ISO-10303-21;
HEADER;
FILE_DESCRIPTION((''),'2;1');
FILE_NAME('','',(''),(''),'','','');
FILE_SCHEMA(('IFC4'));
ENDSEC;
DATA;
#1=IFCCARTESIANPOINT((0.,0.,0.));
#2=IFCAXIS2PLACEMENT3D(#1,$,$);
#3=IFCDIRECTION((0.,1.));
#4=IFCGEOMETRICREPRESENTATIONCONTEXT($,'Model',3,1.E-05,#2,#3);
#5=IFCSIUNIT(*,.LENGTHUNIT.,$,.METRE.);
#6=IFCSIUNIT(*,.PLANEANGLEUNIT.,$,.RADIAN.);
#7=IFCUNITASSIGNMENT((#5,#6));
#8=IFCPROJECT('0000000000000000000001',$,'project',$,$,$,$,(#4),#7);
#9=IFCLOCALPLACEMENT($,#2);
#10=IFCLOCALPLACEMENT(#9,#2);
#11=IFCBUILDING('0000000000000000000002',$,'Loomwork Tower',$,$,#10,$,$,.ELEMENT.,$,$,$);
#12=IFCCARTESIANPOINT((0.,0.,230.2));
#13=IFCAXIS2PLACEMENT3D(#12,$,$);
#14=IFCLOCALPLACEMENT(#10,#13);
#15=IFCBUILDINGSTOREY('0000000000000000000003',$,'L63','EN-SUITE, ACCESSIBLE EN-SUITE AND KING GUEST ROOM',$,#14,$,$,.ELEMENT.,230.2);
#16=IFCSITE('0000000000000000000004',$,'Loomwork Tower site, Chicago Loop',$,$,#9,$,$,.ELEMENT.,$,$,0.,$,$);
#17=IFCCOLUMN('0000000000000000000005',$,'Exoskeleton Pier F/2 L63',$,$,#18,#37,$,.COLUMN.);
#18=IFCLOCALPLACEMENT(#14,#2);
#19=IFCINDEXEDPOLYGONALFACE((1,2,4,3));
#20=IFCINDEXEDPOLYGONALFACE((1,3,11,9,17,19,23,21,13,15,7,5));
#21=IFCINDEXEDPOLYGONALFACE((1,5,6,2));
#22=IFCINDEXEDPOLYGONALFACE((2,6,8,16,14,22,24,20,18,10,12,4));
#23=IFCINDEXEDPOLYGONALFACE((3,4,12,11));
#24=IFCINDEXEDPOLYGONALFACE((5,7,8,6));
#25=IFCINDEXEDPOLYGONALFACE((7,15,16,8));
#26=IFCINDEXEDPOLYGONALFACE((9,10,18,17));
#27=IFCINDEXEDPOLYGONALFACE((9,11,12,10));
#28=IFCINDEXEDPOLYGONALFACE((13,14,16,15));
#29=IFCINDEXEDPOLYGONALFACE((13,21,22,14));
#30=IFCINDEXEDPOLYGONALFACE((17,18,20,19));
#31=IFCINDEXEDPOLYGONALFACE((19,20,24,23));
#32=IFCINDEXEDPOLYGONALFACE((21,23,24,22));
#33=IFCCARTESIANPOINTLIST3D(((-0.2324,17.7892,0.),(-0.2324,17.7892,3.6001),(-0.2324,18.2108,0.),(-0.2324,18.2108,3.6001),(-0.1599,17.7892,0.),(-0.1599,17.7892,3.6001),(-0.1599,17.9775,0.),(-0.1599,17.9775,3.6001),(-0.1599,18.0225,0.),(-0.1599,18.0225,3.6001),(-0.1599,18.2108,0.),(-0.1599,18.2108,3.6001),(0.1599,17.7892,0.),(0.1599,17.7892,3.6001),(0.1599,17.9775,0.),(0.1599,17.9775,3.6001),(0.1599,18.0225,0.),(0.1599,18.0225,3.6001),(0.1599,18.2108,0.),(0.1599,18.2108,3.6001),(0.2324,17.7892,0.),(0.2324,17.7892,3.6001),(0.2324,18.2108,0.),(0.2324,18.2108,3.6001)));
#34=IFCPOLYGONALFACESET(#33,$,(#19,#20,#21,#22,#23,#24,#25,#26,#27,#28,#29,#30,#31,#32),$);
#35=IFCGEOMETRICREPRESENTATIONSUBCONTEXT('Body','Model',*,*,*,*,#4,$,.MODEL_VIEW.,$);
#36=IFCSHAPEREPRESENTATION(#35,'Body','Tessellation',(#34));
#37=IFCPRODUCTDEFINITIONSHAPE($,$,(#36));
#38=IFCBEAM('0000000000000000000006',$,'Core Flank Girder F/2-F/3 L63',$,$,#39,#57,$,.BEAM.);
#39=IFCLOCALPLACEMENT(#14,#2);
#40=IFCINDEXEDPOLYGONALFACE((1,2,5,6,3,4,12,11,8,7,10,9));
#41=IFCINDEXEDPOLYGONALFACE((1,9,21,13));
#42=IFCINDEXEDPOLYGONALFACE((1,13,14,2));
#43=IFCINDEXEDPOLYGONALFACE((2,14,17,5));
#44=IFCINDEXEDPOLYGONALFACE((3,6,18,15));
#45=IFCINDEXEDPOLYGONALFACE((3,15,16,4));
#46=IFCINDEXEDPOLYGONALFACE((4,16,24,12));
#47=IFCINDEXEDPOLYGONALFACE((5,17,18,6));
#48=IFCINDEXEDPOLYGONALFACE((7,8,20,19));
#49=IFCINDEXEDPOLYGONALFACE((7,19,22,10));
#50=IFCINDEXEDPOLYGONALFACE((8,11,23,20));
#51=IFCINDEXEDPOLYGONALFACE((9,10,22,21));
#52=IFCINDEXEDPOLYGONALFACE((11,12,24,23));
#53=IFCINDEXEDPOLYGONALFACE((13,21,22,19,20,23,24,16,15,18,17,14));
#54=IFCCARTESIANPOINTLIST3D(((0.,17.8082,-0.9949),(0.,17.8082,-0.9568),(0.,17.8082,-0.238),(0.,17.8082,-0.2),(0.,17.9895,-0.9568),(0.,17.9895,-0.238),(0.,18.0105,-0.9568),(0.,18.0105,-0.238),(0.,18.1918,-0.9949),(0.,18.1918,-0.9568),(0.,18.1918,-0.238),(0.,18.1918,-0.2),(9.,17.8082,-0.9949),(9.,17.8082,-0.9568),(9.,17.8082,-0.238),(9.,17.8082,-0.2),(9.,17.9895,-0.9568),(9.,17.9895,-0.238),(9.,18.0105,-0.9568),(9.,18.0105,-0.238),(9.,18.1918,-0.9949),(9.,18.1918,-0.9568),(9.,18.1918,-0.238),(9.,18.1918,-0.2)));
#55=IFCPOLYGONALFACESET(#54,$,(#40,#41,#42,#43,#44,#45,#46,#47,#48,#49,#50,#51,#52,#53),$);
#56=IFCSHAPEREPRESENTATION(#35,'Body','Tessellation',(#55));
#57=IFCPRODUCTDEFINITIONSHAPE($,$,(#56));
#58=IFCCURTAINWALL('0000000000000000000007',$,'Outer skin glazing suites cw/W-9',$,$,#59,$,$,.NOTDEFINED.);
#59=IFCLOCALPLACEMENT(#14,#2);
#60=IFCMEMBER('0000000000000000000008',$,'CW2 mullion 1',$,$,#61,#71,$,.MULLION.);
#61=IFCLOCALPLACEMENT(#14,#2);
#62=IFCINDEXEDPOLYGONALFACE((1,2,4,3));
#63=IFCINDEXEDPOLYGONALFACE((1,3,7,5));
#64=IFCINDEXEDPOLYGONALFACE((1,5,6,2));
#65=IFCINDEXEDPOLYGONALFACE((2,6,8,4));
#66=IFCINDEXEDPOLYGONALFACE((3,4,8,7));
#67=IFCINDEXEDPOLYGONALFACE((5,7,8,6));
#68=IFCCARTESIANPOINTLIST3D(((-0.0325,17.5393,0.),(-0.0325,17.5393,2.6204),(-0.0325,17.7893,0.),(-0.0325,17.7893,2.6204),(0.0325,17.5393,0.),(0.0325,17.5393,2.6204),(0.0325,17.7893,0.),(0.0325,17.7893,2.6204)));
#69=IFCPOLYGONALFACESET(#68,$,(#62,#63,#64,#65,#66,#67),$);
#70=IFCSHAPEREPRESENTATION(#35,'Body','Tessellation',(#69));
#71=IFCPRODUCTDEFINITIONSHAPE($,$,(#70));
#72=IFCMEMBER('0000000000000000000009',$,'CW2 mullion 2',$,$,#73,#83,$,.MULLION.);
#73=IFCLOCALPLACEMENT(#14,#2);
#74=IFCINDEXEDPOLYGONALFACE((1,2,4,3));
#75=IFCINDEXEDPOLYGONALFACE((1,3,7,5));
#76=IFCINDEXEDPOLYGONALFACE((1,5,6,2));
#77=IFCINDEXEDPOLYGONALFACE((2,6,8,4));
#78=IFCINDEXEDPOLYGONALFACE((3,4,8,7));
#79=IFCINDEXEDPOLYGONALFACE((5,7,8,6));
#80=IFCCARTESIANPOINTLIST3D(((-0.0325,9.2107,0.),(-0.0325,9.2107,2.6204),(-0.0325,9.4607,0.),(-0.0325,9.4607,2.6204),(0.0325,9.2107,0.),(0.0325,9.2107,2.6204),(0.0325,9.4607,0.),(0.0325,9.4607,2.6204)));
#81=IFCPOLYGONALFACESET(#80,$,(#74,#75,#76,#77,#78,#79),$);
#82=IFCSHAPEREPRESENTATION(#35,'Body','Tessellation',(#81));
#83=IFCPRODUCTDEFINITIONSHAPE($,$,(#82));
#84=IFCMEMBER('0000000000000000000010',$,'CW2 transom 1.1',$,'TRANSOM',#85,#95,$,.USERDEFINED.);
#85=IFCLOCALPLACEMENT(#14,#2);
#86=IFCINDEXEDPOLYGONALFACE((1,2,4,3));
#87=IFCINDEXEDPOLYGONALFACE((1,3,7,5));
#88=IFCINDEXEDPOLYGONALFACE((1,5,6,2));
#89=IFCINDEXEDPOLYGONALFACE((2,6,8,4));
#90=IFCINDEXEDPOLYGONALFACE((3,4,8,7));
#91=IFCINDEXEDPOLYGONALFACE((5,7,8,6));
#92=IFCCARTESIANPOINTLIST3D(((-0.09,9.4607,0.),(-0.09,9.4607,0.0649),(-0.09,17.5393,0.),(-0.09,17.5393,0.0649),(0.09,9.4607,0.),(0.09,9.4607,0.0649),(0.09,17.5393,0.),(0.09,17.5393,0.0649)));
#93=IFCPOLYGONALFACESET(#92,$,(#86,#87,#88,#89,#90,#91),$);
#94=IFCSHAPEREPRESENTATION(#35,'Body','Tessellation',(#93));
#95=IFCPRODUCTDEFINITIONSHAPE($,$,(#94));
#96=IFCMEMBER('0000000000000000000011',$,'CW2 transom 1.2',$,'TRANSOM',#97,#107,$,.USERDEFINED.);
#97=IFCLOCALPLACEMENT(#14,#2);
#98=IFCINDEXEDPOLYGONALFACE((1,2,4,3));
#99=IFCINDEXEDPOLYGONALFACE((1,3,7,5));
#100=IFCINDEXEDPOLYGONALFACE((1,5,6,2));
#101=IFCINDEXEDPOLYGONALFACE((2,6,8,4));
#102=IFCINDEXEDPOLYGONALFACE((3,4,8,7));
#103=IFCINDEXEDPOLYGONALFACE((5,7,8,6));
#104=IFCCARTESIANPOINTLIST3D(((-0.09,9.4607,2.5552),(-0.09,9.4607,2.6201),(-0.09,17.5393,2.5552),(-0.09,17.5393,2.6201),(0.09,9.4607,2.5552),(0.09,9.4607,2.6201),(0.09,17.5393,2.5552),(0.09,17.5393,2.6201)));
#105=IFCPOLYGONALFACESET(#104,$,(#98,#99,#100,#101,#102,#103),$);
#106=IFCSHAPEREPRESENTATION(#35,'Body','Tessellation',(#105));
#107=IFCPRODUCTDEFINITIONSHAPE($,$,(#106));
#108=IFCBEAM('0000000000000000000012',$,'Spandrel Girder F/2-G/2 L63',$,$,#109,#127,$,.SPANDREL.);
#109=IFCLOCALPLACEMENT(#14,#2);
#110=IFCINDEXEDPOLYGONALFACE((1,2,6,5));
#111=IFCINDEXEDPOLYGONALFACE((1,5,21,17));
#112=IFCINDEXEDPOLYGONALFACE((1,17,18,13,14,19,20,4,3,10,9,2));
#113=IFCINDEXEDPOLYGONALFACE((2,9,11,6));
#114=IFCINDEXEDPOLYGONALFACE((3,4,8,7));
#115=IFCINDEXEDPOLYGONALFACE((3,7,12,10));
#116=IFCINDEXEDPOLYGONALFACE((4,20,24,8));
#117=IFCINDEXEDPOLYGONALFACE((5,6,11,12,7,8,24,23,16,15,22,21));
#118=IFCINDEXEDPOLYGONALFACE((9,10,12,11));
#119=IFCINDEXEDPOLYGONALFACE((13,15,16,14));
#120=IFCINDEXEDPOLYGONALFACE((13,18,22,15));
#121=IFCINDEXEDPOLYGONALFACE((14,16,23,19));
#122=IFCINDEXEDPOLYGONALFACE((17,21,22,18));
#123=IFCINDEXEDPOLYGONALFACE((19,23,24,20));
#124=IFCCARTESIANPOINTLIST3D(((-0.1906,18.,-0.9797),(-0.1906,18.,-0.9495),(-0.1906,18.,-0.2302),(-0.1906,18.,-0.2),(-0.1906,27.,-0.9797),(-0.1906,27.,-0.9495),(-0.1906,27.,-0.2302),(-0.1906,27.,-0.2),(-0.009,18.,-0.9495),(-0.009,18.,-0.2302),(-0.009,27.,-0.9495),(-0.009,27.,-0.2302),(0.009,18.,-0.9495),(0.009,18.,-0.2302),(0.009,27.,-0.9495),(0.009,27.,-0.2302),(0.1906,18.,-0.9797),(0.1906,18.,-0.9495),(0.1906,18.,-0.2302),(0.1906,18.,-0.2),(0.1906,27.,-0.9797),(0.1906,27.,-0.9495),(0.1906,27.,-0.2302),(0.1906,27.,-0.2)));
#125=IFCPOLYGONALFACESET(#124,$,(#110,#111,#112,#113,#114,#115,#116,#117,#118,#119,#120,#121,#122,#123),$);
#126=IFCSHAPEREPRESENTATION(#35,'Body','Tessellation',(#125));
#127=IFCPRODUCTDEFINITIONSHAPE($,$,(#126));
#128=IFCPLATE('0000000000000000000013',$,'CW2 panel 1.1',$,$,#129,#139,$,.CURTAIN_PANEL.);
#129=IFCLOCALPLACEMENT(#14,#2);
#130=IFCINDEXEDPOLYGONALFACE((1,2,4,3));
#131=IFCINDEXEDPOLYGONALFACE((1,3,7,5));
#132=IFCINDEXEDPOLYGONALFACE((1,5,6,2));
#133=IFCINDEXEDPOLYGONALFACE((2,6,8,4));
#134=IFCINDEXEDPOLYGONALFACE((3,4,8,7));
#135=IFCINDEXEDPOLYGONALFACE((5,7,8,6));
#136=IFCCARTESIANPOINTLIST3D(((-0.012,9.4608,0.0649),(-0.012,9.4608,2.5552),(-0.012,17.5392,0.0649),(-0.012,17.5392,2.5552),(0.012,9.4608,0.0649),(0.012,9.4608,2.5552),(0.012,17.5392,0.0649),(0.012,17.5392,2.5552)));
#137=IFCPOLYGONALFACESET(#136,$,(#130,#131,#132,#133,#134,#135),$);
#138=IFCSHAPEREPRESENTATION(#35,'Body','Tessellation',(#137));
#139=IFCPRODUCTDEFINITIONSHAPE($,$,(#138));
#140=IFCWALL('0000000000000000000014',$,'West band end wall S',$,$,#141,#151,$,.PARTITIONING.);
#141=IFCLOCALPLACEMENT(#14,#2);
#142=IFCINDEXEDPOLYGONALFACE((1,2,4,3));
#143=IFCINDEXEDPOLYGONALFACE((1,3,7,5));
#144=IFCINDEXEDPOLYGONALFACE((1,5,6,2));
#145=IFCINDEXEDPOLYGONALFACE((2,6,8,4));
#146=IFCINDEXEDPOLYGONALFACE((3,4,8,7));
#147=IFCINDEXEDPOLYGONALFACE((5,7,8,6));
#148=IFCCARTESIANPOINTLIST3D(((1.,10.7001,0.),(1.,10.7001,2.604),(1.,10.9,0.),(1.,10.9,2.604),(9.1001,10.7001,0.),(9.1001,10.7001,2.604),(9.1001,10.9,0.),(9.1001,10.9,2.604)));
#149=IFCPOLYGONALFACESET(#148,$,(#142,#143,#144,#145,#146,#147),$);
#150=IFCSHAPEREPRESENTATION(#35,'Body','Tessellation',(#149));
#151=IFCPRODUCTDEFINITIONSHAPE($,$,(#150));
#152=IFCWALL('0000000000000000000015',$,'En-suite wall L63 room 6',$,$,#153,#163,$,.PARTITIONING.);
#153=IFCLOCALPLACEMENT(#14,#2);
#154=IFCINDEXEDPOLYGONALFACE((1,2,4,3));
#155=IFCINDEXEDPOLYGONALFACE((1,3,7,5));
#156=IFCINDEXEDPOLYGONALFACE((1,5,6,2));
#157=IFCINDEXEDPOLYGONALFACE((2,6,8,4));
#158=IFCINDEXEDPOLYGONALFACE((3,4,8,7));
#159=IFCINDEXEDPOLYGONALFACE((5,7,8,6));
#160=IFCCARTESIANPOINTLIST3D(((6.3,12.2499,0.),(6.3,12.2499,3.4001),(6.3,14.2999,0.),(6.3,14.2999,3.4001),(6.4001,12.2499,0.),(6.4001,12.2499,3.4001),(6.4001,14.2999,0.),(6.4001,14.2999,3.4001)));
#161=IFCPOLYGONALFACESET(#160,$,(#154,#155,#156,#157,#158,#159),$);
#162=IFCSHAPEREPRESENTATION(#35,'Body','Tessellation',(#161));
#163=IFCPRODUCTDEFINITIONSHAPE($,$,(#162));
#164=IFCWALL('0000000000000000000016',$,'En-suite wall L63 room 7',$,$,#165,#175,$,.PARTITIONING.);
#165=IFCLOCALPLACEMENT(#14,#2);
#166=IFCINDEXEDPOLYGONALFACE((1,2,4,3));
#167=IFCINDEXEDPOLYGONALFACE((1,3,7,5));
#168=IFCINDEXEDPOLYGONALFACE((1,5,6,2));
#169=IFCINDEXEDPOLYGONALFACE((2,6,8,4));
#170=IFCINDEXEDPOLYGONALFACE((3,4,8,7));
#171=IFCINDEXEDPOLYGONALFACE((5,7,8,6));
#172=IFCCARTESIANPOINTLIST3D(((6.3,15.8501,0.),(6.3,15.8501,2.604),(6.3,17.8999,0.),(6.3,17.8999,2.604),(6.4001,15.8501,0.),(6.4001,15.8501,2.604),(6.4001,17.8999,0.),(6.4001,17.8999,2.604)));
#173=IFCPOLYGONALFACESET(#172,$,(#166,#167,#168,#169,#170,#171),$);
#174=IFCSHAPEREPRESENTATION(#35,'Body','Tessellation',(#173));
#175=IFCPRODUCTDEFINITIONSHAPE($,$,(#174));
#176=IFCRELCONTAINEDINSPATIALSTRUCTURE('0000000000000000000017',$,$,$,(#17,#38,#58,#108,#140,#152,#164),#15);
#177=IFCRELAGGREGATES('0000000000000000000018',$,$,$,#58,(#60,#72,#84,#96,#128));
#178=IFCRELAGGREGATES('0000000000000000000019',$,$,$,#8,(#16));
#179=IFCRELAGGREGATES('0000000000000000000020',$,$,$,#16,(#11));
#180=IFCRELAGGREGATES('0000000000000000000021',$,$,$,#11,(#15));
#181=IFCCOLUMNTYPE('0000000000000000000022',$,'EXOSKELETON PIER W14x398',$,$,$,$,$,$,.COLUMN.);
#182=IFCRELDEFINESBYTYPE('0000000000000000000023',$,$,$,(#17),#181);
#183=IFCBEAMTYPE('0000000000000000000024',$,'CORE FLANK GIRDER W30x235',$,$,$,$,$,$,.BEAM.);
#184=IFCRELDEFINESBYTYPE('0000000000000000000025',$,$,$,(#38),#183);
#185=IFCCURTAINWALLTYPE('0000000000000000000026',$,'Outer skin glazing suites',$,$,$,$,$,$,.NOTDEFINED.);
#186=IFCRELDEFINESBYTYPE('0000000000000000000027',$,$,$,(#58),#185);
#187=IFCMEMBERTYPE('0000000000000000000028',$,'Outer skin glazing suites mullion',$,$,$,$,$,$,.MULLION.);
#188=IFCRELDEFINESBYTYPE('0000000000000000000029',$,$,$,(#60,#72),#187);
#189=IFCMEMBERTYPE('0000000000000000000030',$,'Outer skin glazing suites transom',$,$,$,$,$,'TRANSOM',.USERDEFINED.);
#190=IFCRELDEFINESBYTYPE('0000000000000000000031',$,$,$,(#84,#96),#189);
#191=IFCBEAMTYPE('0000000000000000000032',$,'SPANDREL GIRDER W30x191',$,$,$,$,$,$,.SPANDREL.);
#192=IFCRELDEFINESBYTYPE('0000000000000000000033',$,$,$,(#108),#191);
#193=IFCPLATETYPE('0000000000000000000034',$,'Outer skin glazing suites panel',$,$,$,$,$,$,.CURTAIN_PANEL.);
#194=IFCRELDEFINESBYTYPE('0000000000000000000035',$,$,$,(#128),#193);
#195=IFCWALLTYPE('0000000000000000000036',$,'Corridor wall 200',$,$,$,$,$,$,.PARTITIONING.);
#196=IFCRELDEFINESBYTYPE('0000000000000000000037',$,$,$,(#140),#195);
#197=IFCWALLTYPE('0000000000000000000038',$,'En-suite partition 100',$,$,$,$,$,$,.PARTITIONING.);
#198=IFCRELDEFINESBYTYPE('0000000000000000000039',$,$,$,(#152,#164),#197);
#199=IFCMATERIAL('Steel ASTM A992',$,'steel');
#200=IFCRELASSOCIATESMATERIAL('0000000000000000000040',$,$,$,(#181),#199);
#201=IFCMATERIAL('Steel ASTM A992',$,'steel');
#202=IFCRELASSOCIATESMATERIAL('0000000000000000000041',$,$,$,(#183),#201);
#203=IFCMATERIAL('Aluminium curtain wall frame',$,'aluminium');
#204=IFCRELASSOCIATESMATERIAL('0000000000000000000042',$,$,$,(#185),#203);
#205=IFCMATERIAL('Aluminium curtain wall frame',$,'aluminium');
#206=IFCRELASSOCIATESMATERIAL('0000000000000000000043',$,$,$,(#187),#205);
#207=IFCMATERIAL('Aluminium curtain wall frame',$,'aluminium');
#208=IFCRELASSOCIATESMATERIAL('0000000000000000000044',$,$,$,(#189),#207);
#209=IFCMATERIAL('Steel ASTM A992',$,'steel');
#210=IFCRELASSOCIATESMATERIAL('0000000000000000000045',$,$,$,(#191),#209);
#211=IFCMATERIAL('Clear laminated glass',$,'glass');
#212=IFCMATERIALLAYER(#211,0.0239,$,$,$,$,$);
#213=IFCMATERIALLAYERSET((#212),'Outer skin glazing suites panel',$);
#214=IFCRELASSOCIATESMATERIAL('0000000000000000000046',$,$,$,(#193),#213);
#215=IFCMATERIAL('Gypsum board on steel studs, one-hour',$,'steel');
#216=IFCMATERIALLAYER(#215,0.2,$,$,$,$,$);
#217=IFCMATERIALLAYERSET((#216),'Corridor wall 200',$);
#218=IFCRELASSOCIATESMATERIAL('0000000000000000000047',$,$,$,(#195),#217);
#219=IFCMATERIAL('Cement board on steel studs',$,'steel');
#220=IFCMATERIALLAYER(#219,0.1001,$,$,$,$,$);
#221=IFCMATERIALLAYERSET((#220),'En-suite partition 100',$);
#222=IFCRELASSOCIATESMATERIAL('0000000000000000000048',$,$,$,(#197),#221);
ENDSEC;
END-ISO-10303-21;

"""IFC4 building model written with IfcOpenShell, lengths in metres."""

from ifc_helpers import new_model, si_unit, direction, frame, frame_2d, origin, origin_2d, place, context, subcontext, project, spatial, rectangle, i_section, extrude, material, layer, layer_set, material_profile, profile_set, type_object, element, aggregate, save


model = new_model("IFC4")

# Units and contexts
model_context = context("Model", 3, precision=1e-05, world=origin(), true_north=direction((0.0, 1.0)))
body_context = subcontext(model_context, "Body", "Model", "MODEL_VIEW")
ifc_project = project(units=[si_unit("LENGTHUNIT", "METRE"), si_unit("PLANEANGLEUNIT", "RADIAN")], contexts=[model_context])

# Site, building, storey
site_placement = place(None, origin())
site = spatial("IfcSite", under=ifc_project, at=site_placement, Name="Loomwork Tower site, Chicago Loop", CompositionType="ELEMENT", RefElevation=0.0)
building_placement = place(site_placement, origin())
building = spatial("IfcBuilding", under=site, at=building_placement, Name="Loomwork Tower", CompositionType="ELEMENT")
storey_placement = place(building_placement, frame((0.0, 0.0, 230.2)))
storey = spatial("IfcBuildingStorey", under=building, at=storey_placement, Name="L63", Description="EN-SUITE, ACCESSIBLE EN-SUITE AND KING GUEST ROOM", CompositionType="ELEMENT", Elevation=230.2)

# Column
ifc_material_1 = material(Name="Steel ASTM A992", Category="steel")
ifc_material_profile_1 = material_profile(ifc_material_1, i_section(OverallWidth=0.4216, OverallDepth=0.4648, WebThickness=0.0449, FlangeThickness=0.0725, at=origin_2d()), Name="W14x398")
ifc_profile_set_1 = profile_set([ifc_material_profile_1], Name="Steel ASTM A992")
column_type = type_object("IfcColumnType", Name="EXOSKELETON PIER W14x398", PredefinedType="COLUMN", material=ifc_profile_set_1)
column_placement = place(storey_placement, frame((0.0, 18.0, 0.0), z_axis=(0.0, 0.0, 1.0), x_axis=(0.0, 1.0, 0.0)))
element("IfcColumn", 1, at=column_placement, inside=storey, type_object=column_type, Name="Exoskeleton Pier F/2 L63", PredefinedType="COLUMN", context=body_context, shape_type="SweptSolid", body=[
    extrude(i_section(OverallWidth=0.4216, OverallDepth=0.4648, WebThickness=0.0449, FlangeThickness=0.0725, at=origin_2d()), origin(), (0.0, 0.0, 1.0), 3.6001),
])

# Beam
ifc_material_2 = material(Name="Steel ASTM A992", Category="steel")
ifc_material_profile_2 = material_profile(ifc_material_2, i_section(OverallWidth=0.3835, OverallDepth=0.7949, WebThickness=0.021, FlangeThickness=0.0381, at=origin_2d()), Name="W30x235")
ifc_profile_set_2 = profile_set([ifc_material_profile_2], Name="Steel ASTM A992")
beam_type_1 = type_object("IfcBeamType", Name="CORE FLANK GIRDER W30x235", PredefinedType="BEAM", material=ifc_profile_set_2)
beam_1_placement = place(storey_placement, frame((0.0, 18.0, -0.5974), z_axis=(1.0, 0.0, 0.0), x_axis=(0.0, 1.0, 0.0)))
element("IfcBeam", 2, at=beam_1_placement, inside=storey, type_object=beam_type_1, Name="Core Flank Girder F/2-F/3 L63", PredefinedType="BEAM", context=body_context, shape_type="SweptSolid", body=[
    extrude(i_section(OverallWidth=0.3835, OverallDepth=0.7949, WebThickness=0.021, FlangeThickness=0.0381, at=origin_2d()), origin(), (0.0, 0.0, 1.0), 9.0),
])

# Curtain wall, members
ifc_material_3 = material(Name="Aluminium curtain wall frame", Category="aluminium")
curtain_wall_type = type_object("IfcCurtainWallType", Name="Outer skin glazing suites", PredefinedType="NOTDEFINED", material=ifc_material_3)
curtain_wall_placement = place(storey_placement, origin())
curtain_wall = element("IfcCurtainWall", 3, at=curtain_wall_placement, inside=storey, type_object=curtain_wall_type, Name="Outer skin glazing suites cw/W-9", PredefinedType="NOTDEFINED")
ifc_material_4 = material(Name="Aluminium curtain wall frame", Category="aluminium")
ifc_material_profile_3 = material_profile(ifc_material_4, rectangle(XDim=0.0649, YDim=0.25, at=origin_2d()), Name="AL 65x250")
ifc_profile_set_3 = profile_set([ifc_material_profile_3], Name="Aluminium curtain wall frame")
member_type_1 = type_object("IfcMemberType", Name="Outer skin glazing suites mullion", PredefinedType="MULLION", material=ifc_profile_set_3)
member_1_placement = place(storey_placement, frame((0.0, 17.6643, 0.0), z_axis=(0.0, 0.0, 1.0), x_axis=(1.0, 0.0, 0.0)))
member_1 = element("IfcMember", 4, at=member_1_placement, type_object=member_type_1, Name="CW2 mullion 1", PredefinedType="MULLION", context=body_context, shape_type="SweptSolid", body=[
    extrude(rectangle(XDim=0.0649, YDim=0.25, at=origin_2d()), origin(), (0.0, 0.0, 1.0), 2.6204),
])
member_2_placement = place(storey_placement, frame((0.0, 9.3357, 0.0), z_axis=(0.0, 0.0, 1.0), x_axis=(1.0, 0.0, 0.0)))
member_2 = element("IfcMember", 5, at=member_2_placement, type_object=member_type_1, Name="CW2 mullion 2", PredefinedType="MULLION", context=body_context, shape_type="SweptSolid", body=[
    extrude(rectangle(XDim=0.0649, YDim=0.25, at=origin_2d()), origin(), (0.0, 0.0, 1.0), 2.6204),
])
ifc_material_5 = material(Name="Aluminium curtain wall frame", Category="aluminium")
ifc_material_profile_4 = material_profile(ifc_material_5, rectangle(XDim=0.1799, YDim=0.0649, at=origin_2d()), Name="AL 65x180")
ifc_profile_set_4 = profile_set([ifc_material_profile_4], Name="Aluminium curtain wall frame")
member_type_2 = type_object("IfcMemberType", Name="Outer skin glazing suites transom", ElementType="TRANSOM", PredefinedType="USERDEFINED", material=ifc_profile_set_4)
member_3_placement = place(storey_placement, frame((0.0, 17.5393, 0.0325), z_axis=(0.0, -1.0, 0.0), x_axis=(1.0, 0.0, 0.0)))
member_3 = element("IfcMember", 6, at=member_3_placement, type_object=member_type_2, Name="CW2 transom 1.1", ObjectType="TRANSOM", PredefinedType="USERDEFINED", context=body_context, shape_type="SweptSolid", body=[
    extrude(rectangle(XDim=0.1799, YDim=0.0649, at=origin_2d()), origin(), (0.0, 0.0, 1.0), 8.0786),
])
member_4_placement = place(storey_placement, frame((0.0, 17.5393, 2.5876), z_axis=(0.0, -1.0, 0.0), x_axis=(1.0, 0.0, 0.0)))
member_4 = element("IfcMember", 7, at=member_4_placement, type_object=member_type_2, Name="CW2 transom 1.2", ObjectType="TRANSOM", PredefinedType="USERDEFINED", context=body_context, shape_type="SweptSolid", body=[
    extrude(rectangle(XDim=0.1799, YDim=0.0649, at=origin_2d()), origin(), (0.0, 0.0, 1.0), 8.0786),
])

# Beam
ifc_material_6 = material(Name="Steel ASTM A992", Category="steel")
ifc_material_profile_5 = material_profile(ifc_material_6, i_section(OverallWidth=0.3811, OverallDepth=0.7798, WebThickness=0.0181, FlangeThickness=0.0303, at=origin_2d()), Name="W30x191")
ifc_profile_set_5 = profile_set([ifc_material_profile_5], Name="Steel ASTM A992")
beam_type_2 = type_object("IfcBeamType", Name="SPANDREL GIRDER W30x191", PredefinedType="SPANDREL", material=ifc_profile_set_5)
beam_2_placement = place(storey_placement, frame((0.0, 18.0, -0.5898), z_axis=(0.0, 1.0, 0.0), x_axis=(-1.0, 0.0, 0.0)))
element("IfcBeam", 8, at=beam_2_placement, inside=storey, type_object=beam_type_2, Name="Spandrel Girder F/2-G/2 L63", PredefinedType="SPANDREL", context=body_context, shape_type="SweptSolid", body=[
    extrude(i_section(OverallWidth=0.3811, OverallDepth=0.7798, WebThickness=0.0181, FlangeThickness=0.0303, at=origin_2d()), origin(), (0.0, 0.0, 1.0), 9.0),
])

# Plate
ifc_material_7 = material(Name="Clear laminated glass", Category="glass")
ifc_layer_1 = layer(ifc_material_7, 0.0239)
ifc_layer_set_1 = layer_set([ifc_layer_1], Name="Outer skin glazing suites panel")
plate_type = type_object("IfcPlateType", Name="Outer skin glazing suites panel", PredefinedType="CURTAIN_PANEL", material=ifc_layer_set_1)
plate_placement = place(storey_placement, frame((0.0, 13.5, 0.0649), z_axis=(0.0, 0.0, 1.0), x_axis=(0.0, -1.0, 0.0)))
plate = element("IfcPlate", 9, at=plate_placement, type_object=plate_type, Name="CW2 panel 1.1", PredefinedType="CURTAIN_PANEL", context=body_context, shape_type="SweptSolid", body=[
    extrude(rectangle(XDim=8.0784, YDim=0.0239, at=origin_2d()), origin(), (0.0, 0.0, 1.0), 2.4902),
])
aggregate(curtain_wall, [member_1, member_2, member_3, member_4, plate])

# Walls
ifc_material_8 = material(Name="Gypsum board on steel studs, one-hour", Category="steel")
ifc_layer_2 = layer(ifc_material_8, 0.2)
ifc_layer_set_2 = layer_set([ifc_layer_2], Name="Corridor wall 200")
wall_type_1 = type_object("IfcWallType", Name="Corridor wall 200", PredefinedType="PARTITIONING", material=ifc_layer_set_2)
wall_1_placement = place(storey_placement, frame((1.0, 10.8, 0.0), z_axis=(0.0, 0.0, 1.0), x_axis=(1.0, 0.0, 0.0)))
element("IfcWall", 10, at=wall_1_placement, inside=storey, type_object=wall_type_1, Name="West band end wall S", PredefinedType="PARTITIONING", context=body_context, shape_type="SweptSolid", body=[
    extrude(rectangle(XDim=8.1001, YDim=0.2, at=frame_2d((4.05, 0.0))), origin(), (0.0, 0.0, 1.0), 2.604),
])
ifc_material_9 = material(Name="Cement board on steel studs", Category="steel")
ifc_layer_3 = layer(ifc_material_9, 0.1001)
ifc_layer_set_3 = layer_set([ifc_layer_3], Name="En-suite partition 100")
wall_type_2 = type_object("IfcWallType", Name="En-suite partition 100", PredefinedType="PARTITIONING", material=ifc_layer_set_3)
wall_2_placement = place(storey_placement, frame((6.3501, 12.25, 0.0), z_axis=(0.0, 0.0, 1.0), x_axis=(0.0, 1.0, 0.0)))
element("IfcWall", 11, at=wall_2_placement, inside=storey, type_object=wall_type_2, Name="En-suite wall L63 room 6", PredefinedType="PARTITIONING", context=body_context, shape_type="SweptSolid", body=[
    extrude(rectangle(XDim=2.05, YDim=0.1001, at=frame_2d((1.0249, 0.0))), origin(), (0.0, 0.0, 1.0), 3.4001),
])
wall_3_placement = place(storey_placement, frame((6.3501, 15.8501, 0.0), z_axis=(0.0, 0.0, 1.0), x_axis=(0.0, 1.0, 0.0)))
element("IfcWall", 12, at=wall_3_placement, inside=storey, type_object=wall_type_2, Name="En-suite wall L63 room 7", PredefinedType="PARTITIONING", context=body_context, shape_type="SweptSolid", body=[
    extrude(rectangle(XDim=2.0498, YDim=0.1001, at=frame_2d((1.0249, 0.0))), origin(), (0.0, 0.0, 1.0), 2.604),
])

save(model, "model.ifc")
